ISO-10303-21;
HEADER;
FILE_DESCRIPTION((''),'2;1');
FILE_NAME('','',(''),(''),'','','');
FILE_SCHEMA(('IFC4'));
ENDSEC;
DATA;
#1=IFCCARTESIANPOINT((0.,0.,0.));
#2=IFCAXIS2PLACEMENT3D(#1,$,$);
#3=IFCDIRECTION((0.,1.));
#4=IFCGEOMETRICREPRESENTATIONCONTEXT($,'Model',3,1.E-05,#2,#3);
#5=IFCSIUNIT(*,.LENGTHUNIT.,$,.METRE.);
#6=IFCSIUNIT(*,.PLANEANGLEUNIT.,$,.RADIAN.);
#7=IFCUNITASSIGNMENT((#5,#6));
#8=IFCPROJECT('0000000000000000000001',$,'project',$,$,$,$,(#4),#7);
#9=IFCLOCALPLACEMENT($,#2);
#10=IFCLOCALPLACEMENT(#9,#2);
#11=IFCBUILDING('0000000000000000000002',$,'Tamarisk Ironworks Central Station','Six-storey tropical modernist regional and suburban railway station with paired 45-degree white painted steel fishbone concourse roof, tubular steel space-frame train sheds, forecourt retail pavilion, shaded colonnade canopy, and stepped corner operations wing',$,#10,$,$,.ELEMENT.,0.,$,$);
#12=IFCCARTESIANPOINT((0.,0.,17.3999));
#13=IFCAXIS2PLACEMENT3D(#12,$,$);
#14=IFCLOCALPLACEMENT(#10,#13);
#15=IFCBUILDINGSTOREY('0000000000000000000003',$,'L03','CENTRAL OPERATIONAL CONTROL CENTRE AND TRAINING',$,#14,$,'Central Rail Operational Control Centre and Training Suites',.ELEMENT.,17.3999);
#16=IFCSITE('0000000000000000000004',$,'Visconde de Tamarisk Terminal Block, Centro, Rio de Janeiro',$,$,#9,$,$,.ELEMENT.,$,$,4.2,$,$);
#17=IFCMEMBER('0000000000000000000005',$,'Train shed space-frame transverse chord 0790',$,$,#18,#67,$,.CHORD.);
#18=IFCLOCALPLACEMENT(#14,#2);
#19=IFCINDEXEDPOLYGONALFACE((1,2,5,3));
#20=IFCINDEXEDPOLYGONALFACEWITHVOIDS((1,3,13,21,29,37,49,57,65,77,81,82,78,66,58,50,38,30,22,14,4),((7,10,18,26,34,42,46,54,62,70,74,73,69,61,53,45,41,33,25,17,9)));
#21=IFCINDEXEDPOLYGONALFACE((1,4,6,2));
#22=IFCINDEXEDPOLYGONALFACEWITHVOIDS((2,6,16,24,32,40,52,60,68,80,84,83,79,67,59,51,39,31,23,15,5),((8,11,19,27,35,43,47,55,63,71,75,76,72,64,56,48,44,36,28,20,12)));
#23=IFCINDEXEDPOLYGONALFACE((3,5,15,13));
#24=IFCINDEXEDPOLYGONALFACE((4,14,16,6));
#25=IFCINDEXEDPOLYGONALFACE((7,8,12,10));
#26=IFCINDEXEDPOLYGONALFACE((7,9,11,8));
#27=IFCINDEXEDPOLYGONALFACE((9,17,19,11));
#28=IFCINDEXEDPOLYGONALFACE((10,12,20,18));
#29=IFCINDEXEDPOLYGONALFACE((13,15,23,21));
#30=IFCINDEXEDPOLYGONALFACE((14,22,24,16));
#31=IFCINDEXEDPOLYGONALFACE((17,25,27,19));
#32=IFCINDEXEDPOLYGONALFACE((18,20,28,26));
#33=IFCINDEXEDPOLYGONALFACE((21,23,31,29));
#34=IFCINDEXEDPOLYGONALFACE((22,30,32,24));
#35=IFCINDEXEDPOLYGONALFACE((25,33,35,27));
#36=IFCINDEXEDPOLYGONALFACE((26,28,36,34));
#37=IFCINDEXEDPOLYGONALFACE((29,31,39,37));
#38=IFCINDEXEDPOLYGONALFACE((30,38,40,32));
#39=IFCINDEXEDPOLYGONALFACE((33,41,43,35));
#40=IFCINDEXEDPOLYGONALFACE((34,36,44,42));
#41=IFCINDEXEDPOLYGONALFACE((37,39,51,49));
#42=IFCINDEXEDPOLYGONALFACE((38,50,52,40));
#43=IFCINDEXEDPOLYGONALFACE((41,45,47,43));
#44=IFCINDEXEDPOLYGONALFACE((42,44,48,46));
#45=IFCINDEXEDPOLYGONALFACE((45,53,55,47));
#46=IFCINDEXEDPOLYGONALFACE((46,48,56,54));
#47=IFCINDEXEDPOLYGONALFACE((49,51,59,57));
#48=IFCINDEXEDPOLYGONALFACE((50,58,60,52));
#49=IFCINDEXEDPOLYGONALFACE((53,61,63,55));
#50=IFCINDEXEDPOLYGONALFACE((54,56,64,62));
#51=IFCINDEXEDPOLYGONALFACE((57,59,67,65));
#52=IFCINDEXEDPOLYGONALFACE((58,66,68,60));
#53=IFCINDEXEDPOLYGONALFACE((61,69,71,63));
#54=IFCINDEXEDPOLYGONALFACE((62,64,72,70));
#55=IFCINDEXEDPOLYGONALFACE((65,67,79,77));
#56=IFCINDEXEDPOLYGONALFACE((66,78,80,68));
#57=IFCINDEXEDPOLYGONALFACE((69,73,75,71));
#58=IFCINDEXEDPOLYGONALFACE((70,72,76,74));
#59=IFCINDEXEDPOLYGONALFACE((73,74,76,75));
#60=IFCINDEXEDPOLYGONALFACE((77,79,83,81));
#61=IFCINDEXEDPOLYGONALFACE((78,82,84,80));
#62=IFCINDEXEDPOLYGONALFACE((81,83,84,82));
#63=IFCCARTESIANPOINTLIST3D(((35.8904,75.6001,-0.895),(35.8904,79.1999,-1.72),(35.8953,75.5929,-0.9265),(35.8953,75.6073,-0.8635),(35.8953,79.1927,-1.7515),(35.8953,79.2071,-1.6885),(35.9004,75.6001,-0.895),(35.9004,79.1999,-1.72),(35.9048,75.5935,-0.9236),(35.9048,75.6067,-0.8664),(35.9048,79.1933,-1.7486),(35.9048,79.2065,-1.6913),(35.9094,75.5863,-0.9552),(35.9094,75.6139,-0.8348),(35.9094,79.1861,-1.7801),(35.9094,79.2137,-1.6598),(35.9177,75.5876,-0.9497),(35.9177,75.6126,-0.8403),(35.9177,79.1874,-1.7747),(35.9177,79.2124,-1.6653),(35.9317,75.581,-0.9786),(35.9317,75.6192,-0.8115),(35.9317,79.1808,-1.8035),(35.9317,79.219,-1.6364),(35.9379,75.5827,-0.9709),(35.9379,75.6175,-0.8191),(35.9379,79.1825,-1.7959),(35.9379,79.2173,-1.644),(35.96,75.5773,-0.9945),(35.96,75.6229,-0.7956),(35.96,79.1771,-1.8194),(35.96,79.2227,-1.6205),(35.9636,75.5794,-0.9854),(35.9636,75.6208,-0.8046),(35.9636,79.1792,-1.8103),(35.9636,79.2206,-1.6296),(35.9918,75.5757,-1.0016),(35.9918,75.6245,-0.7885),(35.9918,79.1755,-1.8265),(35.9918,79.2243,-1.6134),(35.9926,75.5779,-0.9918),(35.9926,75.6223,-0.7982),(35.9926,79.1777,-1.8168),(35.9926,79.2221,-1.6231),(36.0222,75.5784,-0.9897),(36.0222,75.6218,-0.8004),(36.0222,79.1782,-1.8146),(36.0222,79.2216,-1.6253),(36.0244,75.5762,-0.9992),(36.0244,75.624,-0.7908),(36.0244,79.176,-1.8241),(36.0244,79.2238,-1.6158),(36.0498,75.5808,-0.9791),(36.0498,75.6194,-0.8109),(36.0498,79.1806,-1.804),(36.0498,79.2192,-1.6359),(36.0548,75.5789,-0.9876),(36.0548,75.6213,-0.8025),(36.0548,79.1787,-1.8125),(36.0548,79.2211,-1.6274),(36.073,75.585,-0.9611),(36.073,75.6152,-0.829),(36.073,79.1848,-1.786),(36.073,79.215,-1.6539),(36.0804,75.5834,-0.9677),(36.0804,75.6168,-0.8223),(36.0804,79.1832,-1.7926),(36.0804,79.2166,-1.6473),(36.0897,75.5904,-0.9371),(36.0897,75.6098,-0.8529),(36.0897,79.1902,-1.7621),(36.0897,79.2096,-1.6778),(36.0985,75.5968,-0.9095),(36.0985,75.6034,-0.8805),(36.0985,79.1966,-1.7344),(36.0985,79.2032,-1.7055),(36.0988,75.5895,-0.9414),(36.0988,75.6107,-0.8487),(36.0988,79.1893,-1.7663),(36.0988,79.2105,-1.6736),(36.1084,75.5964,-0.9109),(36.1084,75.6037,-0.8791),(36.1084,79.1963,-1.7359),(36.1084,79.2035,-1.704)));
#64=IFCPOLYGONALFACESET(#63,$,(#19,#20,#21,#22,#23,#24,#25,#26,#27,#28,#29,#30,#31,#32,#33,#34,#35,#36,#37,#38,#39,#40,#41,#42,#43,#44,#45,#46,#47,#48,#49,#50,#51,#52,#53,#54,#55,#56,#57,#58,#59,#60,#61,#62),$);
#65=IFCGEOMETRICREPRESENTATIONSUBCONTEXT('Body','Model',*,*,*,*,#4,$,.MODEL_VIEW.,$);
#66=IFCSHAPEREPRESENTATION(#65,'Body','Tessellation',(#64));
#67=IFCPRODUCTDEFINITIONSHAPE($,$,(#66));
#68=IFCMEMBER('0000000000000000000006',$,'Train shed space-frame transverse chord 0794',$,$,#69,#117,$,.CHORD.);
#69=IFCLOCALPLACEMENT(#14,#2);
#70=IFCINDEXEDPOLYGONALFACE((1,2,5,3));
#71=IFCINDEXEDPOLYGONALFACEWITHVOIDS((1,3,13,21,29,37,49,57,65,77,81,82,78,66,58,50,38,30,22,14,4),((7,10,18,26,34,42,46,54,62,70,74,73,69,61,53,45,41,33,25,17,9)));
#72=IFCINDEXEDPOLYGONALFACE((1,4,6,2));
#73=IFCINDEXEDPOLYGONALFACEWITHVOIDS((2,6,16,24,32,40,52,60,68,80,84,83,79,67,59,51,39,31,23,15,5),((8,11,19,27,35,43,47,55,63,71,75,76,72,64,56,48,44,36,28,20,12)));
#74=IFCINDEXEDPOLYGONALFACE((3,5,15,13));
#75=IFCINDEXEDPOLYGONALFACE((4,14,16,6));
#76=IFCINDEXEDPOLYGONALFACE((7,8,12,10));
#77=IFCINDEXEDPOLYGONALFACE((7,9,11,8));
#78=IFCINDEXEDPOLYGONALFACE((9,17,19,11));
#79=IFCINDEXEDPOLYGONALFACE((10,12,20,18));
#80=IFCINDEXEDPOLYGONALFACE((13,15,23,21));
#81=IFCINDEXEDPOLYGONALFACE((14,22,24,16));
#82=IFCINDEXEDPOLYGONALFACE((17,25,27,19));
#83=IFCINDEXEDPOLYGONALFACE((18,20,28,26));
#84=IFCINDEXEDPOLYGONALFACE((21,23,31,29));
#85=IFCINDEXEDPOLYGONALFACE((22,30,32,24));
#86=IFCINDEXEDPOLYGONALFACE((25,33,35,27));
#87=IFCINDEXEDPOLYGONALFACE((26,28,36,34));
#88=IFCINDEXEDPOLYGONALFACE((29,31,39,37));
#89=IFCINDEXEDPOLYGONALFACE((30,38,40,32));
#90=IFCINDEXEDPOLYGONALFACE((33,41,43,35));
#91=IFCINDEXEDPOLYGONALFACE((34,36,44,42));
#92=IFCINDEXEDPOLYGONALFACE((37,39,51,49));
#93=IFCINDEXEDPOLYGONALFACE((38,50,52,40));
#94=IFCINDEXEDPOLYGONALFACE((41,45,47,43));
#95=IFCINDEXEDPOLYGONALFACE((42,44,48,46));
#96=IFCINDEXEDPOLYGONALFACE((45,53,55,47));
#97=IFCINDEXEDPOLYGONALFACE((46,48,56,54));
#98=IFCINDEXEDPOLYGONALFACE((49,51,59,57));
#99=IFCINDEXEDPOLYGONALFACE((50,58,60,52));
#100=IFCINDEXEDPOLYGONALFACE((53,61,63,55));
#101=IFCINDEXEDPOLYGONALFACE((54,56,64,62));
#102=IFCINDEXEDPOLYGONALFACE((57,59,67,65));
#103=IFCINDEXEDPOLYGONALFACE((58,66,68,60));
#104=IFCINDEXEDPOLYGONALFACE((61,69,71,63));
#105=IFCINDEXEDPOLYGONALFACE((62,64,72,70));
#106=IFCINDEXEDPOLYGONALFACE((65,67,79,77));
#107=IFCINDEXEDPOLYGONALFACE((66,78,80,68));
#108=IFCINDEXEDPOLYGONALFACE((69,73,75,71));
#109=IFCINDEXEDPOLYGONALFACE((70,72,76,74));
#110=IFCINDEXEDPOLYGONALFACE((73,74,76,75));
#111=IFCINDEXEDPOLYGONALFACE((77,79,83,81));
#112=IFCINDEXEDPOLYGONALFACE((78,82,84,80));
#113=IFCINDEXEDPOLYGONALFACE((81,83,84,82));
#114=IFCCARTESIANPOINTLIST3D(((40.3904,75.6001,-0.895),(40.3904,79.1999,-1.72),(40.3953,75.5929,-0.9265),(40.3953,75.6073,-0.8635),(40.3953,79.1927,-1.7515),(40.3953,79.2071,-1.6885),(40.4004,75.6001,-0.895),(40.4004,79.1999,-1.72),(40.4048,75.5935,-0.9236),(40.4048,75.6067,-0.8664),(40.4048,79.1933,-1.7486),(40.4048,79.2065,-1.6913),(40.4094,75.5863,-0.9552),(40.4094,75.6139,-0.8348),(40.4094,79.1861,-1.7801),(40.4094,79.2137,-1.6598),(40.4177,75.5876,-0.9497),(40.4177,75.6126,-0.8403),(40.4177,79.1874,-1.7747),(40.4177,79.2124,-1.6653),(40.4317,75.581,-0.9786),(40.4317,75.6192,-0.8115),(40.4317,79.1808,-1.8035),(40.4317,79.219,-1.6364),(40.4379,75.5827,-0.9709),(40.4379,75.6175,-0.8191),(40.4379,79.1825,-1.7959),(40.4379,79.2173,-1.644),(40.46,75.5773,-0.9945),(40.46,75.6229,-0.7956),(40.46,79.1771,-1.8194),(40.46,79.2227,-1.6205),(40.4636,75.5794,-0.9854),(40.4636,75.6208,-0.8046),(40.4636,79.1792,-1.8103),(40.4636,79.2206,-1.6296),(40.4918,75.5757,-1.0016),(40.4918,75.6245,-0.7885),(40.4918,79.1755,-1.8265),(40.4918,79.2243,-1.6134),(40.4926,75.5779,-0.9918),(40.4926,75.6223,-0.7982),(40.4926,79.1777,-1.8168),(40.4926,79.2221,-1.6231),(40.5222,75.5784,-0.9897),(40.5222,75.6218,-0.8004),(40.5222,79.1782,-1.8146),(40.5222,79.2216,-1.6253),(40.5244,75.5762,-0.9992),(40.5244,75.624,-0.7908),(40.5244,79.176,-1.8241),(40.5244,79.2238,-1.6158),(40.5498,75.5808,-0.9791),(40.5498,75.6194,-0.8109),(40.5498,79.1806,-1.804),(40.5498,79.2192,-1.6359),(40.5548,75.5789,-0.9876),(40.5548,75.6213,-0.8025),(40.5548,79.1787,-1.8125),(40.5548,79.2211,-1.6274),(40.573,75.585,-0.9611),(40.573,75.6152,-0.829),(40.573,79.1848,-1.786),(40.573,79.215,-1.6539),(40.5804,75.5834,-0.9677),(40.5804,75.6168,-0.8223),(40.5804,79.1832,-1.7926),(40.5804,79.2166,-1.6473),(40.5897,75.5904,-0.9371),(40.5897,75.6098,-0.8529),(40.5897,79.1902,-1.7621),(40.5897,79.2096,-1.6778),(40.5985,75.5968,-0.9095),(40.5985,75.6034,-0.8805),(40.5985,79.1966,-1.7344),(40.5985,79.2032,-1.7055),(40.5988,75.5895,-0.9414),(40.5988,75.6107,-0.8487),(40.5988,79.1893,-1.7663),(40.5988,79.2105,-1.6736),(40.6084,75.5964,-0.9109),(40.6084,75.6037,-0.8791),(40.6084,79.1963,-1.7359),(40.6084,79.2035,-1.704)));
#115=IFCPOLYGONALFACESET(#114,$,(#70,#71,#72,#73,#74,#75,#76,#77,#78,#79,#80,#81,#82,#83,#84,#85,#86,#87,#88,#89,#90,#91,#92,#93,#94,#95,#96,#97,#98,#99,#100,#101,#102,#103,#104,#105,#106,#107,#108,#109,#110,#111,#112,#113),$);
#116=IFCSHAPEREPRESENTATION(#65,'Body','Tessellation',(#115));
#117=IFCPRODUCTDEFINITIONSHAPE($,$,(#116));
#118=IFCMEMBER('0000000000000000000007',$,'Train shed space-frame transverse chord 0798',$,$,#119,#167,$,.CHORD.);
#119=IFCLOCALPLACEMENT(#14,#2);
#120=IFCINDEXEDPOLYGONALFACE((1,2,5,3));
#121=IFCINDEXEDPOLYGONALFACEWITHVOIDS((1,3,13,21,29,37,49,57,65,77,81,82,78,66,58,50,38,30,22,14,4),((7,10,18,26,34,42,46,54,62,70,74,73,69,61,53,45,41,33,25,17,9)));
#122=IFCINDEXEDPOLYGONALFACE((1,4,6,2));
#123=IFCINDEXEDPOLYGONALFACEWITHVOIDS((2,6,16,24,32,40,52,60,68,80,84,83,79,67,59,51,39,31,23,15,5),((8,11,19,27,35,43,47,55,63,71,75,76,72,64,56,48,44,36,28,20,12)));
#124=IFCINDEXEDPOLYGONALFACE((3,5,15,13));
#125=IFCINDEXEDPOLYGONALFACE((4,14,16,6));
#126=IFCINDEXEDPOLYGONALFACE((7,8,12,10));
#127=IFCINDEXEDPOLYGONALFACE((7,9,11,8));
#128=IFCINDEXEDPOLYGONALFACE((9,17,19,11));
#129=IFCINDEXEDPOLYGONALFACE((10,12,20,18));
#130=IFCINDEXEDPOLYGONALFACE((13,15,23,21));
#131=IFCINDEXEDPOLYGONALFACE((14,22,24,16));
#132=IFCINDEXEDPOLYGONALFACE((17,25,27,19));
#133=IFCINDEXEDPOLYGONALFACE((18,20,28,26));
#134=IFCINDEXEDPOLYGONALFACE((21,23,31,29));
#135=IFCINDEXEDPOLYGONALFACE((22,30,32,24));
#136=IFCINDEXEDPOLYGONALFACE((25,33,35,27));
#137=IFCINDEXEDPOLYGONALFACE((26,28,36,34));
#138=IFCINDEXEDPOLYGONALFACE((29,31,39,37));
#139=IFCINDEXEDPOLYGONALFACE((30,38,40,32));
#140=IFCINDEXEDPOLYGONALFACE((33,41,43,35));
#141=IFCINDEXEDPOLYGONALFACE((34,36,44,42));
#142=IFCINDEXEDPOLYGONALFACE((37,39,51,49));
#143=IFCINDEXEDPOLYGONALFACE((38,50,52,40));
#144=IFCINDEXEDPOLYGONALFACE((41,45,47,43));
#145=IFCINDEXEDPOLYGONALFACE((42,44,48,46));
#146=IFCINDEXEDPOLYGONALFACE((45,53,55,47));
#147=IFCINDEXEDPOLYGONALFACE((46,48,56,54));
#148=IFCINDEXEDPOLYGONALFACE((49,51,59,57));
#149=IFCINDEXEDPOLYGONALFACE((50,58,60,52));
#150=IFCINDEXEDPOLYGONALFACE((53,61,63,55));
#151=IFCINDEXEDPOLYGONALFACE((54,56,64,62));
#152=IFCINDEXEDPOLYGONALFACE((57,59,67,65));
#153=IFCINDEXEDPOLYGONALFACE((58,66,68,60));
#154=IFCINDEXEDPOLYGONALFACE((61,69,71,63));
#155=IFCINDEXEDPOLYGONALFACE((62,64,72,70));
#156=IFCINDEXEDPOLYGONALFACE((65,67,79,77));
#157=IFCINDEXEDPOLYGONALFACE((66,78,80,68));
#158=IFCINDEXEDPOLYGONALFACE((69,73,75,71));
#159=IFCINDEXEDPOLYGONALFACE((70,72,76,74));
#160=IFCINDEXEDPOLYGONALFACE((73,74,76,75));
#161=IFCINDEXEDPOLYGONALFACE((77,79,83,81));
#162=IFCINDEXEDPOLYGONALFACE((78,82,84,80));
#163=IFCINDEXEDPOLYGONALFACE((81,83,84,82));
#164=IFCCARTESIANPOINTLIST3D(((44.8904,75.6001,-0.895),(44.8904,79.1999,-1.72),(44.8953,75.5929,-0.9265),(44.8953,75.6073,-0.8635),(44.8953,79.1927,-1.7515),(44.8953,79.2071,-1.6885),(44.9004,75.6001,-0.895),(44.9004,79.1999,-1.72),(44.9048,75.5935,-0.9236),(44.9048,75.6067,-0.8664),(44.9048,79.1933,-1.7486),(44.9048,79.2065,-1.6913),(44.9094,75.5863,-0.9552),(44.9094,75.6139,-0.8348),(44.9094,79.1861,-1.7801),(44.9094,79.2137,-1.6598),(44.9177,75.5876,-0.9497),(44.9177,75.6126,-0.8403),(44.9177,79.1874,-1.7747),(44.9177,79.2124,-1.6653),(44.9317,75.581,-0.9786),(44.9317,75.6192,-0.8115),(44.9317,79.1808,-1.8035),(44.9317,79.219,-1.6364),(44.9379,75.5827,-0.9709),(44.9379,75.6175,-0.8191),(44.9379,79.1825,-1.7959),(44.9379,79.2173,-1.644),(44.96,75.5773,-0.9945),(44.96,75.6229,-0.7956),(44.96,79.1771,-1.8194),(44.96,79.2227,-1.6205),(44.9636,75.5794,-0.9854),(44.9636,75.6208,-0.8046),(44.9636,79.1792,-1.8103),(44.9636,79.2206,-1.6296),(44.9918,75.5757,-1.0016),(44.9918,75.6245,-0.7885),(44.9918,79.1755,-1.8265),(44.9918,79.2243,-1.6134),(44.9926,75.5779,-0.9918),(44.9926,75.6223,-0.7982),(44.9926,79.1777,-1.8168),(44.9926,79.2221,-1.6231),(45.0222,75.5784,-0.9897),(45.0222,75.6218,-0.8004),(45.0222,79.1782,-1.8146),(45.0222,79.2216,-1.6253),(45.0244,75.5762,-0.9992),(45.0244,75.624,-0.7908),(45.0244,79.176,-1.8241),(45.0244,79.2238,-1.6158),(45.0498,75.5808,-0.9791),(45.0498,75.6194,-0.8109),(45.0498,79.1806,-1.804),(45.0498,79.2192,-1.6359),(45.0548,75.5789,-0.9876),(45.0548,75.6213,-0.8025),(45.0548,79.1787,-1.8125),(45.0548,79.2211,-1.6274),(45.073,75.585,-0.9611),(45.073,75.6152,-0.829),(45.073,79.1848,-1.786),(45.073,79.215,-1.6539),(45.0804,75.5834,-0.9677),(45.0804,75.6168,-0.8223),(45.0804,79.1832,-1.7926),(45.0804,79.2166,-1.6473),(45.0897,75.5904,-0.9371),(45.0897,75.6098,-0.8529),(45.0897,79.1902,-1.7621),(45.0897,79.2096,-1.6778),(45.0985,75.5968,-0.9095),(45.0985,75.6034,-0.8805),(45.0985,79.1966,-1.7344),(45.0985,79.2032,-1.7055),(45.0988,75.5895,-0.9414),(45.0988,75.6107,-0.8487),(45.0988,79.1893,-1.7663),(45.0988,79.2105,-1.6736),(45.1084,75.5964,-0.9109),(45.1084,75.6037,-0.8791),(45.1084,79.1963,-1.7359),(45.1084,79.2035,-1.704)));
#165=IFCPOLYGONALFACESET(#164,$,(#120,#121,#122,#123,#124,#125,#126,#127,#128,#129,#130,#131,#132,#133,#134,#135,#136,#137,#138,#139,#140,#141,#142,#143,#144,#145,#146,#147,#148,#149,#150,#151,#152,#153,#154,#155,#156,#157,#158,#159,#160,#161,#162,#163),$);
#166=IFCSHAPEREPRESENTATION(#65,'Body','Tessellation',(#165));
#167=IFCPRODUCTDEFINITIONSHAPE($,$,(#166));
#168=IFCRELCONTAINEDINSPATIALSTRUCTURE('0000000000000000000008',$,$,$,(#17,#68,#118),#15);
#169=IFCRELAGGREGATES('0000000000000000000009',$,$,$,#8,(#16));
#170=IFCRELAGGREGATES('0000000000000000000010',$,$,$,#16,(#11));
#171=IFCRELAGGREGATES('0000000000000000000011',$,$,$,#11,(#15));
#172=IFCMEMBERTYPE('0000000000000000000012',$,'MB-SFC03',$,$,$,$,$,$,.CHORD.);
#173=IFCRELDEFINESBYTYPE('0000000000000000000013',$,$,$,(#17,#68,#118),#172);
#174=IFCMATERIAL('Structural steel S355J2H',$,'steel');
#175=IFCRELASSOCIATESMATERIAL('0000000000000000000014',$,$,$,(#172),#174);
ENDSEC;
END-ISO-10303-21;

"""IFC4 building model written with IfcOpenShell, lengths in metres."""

from ifc_helpers import new_model, si_unit, direction, frame, origin, origin_2d, place, context, subcontext, project, spatial, hollow_circle, extrude, material, material_profile, profile_set, type_object, element, save


model = new_model("IFC4")

# Units and contexts
model_context = context("Model", 3, precision=1e-05, world=origin(), true_north=direction((0.0, 1.0)))
body_context = subcontext(model_context, "Body", "Model", "MODEL_VIEW")
ifc_project = project(units=[si_unit("LENGTHUNIT", "METRE"), si_unit("PLANEANGLEUNIT", "RADIAN")], contexts=[model_context])

# Site, building, storey
site_placement = place(None, origin())
site = spatial("IfcSite", under=ifc_project, at=site_placement, Name="Visconde de Tamarisk Terminal Block, Centro, Rio de Janeiro", CompositionType="ELEMENT", RefElevation=4.2)
building_placement = place(site_placement, origin())
building = spatial("IfcBuilding", under=site, at=building_placement, Name="Tamarisk Ironworks Central Station", Description="Six-storey tropical modernist regional and suburban railway station with paired 45-degree white painted steel fishbone concourse roof, tubular steel space-frame train sheds, forecourt retail pavilion, shaded colonnade canopy, and stepped corner operations wing", CompositionType="ELEMENT", ElevationOfRefHeight=0.0)
storey_placement = place(building_placement, frame((0.0, 0.0, 17.3999)))
storey = spatial("IfcBuildingStorey", under=building, at=storey_placement, Name="L03", Description="CENTRAL OPERATIONAL CONTROL CENTRE AND TRAINING", LongName="Central Rail Operational Control Centre and Training Suites", CompositionType="ELEMENT", Elevation=17.3999)

# Members
ifc_material_1 = material(Name="Structural steel S355J2H", Category="steel")
ifc_material_profile_1 = material_profile(ifc_material_1, hollow_circle(Radius=0.1096, WallThickness=0.01, at=origin_2d()), Name="CHS 219.1x10")
ifc_profile_set_1 = profile_set([ifc_material_profile_1], Name="Structural steel S355J2H")
member_type_1 = type_object("IfcMemberType", Name="MB-SFC03", PredefinedType="CHORD", material=ifc_profile_set_1)
for number, where, z_axis, x_axis, name in (
    (1, (36.0, 75.6001, -0.895), (0.0, 0.974733, -0.223372), (-1.0, 0.0, 0.0), "Train shed space-frame transverse chord 0790"),
    (2, (40.5, 75.6001, -0.895), (0.0, 0.974733, -0.223372), (-1.0, 0.0, 0.0), "Train shed space-frame transverse chord 0794"),
    (3, (45.0, 75.6001, -0.895), (0.0, 0.974733, -0.223372), (-1.0, 0.0, 0.0), "Train shed space-frame transverse chord 0798"),
):
    element("IfcMember", number, at=place(storey_placement, frame(where, z_axis=z_axis, x_axis=x_axis)), inside=storey, type_object=member_type_1, Name=name, PredefinedType="CHORD", context=body_context, shape_type="SweptSolid", body=[
        extrude(hollow_circle(Radius=0.1096, WallThickness=0.01, at=origin_2d()), origin(), (0.0, 0.0, 1.0), 3.6931),
    ])

save(model, "model.ifc")
